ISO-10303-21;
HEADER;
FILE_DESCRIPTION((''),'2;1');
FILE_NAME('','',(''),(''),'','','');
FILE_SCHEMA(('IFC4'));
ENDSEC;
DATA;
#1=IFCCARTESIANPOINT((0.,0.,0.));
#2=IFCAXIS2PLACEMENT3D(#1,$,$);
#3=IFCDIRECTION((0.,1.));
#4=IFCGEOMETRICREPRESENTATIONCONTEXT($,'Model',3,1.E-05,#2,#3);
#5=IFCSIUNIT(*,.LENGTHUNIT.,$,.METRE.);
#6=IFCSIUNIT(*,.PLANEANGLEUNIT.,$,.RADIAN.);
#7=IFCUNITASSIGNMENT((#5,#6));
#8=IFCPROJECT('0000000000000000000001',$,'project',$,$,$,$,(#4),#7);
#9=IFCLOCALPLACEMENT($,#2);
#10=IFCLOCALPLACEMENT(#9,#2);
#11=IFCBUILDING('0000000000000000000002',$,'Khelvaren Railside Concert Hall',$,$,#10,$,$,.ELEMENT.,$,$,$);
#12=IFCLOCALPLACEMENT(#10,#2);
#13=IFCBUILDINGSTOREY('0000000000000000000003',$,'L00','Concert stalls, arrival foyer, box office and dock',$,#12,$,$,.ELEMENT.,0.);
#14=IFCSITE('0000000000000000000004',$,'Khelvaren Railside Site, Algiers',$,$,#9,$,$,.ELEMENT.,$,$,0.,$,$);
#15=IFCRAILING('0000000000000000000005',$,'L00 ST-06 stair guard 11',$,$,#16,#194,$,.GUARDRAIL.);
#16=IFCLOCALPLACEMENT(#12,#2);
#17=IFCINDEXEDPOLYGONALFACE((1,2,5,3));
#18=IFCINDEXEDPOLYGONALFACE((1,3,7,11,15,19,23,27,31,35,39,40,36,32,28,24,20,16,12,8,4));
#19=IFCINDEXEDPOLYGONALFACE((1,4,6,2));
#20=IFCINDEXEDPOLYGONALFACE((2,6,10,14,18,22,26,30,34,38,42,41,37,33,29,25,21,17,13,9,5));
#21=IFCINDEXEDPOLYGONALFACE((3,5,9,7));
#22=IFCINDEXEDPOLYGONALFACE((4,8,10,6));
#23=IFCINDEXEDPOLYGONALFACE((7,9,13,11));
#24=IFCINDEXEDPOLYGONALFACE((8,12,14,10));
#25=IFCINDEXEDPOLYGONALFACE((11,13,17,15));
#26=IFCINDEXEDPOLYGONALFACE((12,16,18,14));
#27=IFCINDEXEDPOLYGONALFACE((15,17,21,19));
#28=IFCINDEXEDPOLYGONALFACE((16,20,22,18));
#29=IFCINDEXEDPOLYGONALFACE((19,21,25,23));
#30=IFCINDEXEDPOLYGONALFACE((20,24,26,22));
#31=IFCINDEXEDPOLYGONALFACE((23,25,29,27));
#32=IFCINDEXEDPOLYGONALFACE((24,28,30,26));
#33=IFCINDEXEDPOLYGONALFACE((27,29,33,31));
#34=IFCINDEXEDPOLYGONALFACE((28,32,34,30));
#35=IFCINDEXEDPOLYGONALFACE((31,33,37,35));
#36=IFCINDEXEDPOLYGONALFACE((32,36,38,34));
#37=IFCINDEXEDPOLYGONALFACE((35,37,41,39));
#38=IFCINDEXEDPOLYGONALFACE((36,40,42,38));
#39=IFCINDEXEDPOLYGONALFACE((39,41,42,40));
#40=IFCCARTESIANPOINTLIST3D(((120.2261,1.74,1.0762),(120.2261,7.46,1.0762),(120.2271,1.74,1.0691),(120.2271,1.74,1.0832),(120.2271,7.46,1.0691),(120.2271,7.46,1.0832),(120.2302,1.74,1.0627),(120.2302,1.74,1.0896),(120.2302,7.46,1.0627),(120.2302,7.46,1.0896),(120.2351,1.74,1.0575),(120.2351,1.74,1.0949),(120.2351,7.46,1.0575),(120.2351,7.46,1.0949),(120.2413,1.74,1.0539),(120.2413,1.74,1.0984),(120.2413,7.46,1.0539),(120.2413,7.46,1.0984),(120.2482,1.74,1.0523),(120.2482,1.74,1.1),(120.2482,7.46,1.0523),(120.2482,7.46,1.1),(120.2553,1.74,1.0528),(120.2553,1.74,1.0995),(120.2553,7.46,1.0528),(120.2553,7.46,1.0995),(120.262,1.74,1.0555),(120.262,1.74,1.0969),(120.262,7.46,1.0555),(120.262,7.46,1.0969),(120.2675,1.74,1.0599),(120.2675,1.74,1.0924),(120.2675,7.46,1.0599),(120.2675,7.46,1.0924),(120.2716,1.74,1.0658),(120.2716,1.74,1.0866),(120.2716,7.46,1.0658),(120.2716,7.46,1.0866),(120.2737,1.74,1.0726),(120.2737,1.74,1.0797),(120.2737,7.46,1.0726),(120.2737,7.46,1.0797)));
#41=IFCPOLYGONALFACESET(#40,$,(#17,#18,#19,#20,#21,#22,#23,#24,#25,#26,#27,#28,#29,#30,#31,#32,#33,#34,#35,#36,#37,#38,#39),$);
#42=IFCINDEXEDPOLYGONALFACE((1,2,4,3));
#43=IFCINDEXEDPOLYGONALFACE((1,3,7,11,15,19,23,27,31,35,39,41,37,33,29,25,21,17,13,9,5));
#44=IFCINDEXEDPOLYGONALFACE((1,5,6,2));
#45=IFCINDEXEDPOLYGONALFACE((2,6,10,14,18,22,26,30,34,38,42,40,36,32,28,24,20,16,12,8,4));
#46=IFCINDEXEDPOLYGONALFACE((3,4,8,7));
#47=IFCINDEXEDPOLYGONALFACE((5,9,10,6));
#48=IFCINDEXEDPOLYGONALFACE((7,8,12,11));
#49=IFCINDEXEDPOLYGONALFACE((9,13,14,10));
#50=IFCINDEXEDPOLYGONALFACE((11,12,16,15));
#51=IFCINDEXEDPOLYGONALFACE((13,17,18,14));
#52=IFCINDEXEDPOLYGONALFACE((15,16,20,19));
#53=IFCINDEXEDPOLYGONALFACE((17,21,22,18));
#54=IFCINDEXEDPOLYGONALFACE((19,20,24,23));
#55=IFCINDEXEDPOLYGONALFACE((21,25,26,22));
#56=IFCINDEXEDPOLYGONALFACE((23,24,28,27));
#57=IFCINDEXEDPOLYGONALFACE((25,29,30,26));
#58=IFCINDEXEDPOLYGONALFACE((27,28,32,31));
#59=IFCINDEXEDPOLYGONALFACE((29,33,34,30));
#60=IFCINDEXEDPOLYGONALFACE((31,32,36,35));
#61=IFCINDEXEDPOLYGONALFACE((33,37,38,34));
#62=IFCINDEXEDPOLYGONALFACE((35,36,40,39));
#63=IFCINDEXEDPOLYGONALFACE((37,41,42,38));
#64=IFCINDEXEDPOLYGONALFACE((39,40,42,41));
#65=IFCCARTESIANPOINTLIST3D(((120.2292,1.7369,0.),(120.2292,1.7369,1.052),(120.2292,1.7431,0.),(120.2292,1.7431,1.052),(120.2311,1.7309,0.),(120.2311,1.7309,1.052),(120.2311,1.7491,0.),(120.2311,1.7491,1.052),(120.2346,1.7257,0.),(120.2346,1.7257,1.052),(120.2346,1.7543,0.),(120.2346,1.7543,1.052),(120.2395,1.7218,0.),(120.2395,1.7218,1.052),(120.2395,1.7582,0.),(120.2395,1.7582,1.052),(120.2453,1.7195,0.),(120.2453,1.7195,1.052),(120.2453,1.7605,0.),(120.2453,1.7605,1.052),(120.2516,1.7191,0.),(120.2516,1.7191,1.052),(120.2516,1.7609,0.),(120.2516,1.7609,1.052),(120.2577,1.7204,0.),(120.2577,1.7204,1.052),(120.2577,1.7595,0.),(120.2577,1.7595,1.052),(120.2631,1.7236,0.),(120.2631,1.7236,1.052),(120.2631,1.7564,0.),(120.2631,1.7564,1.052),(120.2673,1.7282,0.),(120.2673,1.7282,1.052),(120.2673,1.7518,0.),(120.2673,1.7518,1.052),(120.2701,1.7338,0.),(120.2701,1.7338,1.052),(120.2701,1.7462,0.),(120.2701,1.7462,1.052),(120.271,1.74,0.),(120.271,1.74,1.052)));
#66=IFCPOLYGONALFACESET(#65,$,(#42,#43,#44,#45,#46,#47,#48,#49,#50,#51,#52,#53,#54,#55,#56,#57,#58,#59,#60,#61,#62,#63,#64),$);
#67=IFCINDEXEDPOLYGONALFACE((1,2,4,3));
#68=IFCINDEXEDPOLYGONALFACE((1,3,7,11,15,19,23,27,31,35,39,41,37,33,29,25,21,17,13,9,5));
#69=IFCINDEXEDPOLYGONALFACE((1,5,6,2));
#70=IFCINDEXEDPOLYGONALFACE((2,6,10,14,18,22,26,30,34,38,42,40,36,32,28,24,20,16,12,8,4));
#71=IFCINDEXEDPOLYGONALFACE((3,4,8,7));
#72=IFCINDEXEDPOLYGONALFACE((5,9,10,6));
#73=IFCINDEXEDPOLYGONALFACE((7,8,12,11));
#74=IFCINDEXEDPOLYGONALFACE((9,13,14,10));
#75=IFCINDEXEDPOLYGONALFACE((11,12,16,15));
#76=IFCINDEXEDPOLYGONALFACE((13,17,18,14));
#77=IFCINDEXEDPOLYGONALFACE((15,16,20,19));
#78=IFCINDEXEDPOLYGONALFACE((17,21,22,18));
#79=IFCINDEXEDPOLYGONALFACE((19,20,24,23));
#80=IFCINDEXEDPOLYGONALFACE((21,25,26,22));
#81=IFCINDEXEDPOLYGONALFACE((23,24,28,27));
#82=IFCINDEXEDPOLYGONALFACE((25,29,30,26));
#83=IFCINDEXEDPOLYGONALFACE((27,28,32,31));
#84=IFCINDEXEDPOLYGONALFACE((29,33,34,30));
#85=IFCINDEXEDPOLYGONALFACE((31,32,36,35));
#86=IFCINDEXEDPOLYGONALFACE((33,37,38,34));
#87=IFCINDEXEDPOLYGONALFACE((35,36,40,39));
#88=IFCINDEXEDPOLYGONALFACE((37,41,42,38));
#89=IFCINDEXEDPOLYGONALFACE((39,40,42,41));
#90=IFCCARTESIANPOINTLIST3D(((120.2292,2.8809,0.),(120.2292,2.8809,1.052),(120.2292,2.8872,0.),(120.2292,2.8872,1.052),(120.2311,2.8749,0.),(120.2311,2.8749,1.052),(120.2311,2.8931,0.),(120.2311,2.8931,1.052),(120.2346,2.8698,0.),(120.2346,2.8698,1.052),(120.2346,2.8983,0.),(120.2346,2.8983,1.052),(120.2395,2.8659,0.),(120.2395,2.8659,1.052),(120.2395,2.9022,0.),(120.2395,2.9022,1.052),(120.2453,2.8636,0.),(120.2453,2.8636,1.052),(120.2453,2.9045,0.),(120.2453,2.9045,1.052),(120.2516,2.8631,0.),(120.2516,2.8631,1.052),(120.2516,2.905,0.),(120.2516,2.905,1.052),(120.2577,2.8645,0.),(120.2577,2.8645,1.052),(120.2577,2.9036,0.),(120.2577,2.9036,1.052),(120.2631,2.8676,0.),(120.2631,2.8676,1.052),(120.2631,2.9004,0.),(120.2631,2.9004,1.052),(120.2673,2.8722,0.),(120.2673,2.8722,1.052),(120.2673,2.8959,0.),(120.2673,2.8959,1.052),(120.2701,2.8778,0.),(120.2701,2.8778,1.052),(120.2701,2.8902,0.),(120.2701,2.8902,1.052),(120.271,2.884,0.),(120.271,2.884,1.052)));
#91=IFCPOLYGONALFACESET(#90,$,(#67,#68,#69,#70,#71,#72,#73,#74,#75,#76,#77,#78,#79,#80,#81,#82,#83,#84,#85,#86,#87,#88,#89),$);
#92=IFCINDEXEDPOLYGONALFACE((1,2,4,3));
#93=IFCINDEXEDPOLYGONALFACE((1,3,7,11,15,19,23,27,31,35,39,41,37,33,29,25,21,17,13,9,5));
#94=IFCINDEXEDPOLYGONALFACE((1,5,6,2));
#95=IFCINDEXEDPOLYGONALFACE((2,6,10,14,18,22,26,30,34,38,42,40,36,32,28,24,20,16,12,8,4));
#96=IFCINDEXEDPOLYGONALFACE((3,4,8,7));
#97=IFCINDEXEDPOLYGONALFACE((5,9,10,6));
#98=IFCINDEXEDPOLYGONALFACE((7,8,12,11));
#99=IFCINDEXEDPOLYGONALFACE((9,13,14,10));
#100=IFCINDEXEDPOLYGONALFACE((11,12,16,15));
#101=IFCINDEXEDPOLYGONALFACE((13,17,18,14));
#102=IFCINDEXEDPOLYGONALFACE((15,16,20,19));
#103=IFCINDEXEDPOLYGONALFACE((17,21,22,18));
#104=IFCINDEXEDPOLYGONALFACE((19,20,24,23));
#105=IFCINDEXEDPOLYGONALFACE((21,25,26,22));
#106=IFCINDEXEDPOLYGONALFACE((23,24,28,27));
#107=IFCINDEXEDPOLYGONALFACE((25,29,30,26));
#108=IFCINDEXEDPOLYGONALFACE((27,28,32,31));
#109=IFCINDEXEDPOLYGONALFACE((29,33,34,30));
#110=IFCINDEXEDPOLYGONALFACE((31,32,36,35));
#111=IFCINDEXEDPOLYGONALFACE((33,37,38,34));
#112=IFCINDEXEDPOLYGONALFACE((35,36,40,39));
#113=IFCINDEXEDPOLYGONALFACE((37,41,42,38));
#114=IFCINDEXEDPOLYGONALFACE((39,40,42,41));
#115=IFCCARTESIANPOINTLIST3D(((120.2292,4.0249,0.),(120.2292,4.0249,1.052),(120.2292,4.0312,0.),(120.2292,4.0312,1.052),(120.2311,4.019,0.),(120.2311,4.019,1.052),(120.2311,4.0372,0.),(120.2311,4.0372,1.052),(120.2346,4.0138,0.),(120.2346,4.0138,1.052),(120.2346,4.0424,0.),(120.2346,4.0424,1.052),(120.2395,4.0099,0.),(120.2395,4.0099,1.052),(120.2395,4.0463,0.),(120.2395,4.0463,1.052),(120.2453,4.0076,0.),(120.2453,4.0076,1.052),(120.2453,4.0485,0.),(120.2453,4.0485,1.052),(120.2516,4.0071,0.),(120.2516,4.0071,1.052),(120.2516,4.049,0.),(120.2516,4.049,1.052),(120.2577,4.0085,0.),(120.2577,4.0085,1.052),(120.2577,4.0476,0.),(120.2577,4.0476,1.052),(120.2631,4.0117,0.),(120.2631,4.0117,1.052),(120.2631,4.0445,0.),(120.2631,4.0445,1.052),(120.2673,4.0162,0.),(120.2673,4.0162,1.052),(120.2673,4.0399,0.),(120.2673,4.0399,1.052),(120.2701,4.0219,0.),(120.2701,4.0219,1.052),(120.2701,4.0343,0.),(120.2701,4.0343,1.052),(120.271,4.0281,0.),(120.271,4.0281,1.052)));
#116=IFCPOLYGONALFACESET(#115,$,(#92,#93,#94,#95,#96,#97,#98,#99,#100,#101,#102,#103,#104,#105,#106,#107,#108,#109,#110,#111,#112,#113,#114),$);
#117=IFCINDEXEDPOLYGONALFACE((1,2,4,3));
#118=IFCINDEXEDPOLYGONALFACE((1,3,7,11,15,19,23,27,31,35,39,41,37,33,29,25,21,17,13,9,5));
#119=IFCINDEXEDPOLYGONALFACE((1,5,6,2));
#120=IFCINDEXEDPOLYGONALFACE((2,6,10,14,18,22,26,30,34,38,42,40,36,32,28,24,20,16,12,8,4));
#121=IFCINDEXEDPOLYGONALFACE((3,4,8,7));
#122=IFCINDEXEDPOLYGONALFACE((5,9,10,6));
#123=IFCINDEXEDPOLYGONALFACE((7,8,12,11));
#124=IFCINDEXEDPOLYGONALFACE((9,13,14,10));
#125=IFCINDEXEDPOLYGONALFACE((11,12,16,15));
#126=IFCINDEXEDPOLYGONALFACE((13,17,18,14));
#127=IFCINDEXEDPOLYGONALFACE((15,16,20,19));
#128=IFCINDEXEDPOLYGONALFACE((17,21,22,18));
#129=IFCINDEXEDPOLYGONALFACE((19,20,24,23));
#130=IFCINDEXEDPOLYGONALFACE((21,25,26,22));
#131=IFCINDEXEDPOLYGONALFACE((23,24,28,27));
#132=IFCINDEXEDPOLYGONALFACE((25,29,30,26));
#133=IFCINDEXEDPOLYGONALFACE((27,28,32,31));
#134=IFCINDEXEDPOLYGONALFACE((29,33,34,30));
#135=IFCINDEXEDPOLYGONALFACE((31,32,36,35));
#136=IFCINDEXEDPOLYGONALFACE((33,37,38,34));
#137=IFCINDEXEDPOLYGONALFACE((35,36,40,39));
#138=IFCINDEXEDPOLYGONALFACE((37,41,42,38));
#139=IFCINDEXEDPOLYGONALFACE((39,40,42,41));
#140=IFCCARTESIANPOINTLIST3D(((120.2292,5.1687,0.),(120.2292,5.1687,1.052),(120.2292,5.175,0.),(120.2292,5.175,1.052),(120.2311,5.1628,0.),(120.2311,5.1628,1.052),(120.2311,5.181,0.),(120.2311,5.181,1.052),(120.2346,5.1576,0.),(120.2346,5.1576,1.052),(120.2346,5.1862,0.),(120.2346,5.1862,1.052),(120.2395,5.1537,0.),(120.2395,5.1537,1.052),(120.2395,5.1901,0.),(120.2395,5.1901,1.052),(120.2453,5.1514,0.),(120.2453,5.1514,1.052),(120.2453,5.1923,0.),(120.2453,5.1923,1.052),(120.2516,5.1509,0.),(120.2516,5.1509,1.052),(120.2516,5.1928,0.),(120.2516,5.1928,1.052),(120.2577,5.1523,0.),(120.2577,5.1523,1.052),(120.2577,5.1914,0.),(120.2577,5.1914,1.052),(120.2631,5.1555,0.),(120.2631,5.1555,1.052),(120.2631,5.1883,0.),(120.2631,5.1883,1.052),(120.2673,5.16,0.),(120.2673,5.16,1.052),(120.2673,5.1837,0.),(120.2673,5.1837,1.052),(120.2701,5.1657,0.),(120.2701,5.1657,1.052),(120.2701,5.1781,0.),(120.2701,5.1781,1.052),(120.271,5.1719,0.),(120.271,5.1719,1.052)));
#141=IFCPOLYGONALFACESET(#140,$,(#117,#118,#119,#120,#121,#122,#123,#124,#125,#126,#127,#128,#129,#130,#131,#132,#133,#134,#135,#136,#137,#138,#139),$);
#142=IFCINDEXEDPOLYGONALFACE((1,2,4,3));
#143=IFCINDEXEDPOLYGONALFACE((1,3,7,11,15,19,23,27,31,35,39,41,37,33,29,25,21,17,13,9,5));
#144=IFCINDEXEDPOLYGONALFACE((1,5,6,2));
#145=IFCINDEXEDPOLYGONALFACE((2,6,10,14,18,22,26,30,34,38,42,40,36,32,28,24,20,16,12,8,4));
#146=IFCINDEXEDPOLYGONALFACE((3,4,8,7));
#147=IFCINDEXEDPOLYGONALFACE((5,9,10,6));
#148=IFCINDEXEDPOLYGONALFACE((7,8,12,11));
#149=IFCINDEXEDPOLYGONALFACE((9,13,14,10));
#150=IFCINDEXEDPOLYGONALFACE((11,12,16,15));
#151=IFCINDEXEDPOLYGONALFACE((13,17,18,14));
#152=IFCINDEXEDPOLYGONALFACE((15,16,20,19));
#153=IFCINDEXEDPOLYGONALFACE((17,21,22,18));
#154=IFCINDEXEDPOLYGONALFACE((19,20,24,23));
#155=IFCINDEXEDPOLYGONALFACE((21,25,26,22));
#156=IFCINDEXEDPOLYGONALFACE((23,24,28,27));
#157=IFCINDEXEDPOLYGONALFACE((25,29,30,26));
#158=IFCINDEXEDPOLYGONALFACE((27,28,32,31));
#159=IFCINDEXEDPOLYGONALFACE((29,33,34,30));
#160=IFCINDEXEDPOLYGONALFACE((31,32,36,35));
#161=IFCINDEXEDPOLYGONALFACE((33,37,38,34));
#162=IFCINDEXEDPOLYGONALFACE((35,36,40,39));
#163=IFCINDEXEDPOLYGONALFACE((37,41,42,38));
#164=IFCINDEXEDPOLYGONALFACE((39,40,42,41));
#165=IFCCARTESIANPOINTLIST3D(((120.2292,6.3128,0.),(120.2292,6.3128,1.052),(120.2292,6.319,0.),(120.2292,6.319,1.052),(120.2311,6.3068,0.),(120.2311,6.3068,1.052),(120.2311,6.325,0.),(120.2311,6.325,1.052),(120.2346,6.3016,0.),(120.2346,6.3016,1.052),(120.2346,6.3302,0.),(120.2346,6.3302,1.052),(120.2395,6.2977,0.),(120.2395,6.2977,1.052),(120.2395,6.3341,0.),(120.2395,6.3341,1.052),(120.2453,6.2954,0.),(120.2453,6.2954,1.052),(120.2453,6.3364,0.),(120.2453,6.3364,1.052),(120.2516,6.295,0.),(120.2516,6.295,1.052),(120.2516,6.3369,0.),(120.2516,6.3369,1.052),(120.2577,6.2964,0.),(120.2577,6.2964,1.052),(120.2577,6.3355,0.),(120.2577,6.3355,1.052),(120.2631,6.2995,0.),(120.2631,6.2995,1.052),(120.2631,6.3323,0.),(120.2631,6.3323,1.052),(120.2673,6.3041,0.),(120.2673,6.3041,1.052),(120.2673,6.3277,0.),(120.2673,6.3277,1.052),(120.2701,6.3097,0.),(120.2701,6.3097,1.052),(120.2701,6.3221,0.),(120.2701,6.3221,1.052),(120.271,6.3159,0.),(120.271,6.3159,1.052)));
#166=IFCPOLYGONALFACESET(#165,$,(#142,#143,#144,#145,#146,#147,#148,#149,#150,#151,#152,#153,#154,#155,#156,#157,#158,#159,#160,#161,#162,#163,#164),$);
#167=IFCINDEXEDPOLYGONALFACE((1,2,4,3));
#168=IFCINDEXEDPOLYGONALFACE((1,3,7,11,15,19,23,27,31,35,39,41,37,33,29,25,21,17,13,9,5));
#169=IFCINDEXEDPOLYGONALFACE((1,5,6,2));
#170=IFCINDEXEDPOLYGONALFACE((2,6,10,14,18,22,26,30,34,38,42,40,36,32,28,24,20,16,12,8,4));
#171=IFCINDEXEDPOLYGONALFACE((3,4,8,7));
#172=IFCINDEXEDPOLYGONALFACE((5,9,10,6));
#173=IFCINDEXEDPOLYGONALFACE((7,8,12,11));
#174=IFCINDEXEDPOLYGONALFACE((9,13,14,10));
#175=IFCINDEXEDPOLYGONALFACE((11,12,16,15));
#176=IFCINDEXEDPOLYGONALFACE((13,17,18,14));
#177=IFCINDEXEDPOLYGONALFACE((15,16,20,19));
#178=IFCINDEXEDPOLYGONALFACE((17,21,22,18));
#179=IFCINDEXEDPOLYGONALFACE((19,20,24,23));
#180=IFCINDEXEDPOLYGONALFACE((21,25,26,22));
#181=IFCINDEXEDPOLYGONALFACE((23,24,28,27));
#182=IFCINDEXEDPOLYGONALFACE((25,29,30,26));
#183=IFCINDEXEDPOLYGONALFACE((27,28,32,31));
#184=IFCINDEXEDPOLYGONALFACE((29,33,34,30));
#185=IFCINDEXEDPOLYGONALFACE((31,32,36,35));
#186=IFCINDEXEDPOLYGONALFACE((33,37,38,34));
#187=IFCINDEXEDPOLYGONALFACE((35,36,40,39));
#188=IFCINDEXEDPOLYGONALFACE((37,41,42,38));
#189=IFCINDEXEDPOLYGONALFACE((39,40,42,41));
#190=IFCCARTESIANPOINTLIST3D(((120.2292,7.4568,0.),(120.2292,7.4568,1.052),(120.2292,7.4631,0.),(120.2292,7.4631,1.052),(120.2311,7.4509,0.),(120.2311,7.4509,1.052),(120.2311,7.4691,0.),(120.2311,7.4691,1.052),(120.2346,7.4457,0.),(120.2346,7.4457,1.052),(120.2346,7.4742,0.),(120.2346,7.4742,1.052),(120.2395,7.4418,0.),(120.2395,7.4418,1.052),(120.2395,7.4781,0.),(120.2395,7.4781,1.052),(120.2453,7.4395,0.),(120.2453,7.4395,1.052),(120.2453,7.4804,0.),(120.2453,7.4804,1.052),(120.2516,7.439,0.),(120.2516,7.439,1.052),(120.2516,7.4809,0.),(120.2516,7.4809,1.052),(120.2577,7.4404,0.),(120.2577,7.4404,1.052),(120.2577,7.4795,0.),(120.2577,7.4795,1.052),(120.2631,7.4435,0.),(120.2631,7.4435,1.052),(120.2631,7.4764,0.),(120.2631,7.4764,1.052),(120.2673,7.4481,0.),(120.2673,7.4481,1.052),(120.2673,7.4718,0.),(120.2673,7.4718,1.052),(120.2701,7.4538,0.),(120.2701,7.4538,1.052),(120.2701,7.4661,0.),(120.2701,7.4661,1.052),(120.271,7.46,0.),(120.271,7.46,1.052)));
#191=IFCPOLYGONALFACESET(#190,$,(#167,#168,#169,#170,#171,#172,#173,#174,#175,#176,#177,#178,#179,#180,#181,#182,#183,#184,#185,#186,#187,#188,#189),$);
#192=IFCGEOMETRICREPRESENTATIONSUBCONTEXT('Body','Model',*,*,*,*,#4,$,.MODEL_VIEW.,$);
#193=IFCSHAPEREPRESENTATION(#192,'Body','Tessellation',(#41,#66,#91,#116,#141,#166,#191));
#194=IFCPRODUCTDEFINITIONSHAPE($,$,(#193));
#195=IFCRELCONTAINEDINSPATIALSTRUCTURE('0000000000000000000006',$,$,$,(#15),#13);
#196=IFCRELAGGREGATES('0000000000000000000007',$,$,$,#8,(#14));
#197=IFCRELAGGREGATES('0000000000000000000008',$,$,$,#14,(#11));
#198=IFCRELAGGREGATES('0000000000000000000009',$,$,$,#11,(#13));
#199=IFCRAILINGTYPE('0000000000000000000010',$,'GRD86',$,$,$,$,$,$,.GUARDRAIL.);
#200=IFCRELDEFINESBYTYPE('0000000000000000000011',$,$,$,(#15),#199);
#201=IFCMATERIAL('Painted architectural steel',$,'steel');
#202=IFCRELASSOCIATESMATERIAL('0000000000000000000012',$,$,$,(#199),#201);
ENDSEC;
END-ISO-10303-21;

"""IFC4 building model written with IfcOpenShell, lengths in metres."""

from ifc_helpers import new_model, si_unit, direction, frame, origin, origin_2d, place, context, subcontext, project, spatial, circle, extrude, material, type_object, element, save


model = new_model("IFC4")

# Units and contexts
model_context = context("Model", 3, precision=1e-05, world=origin(), true_north=direction((0.0, 1.0)))
body_context = subcontext(model_context, "Body", "Model", "MODEL_VIEW")
ifc_project = project(units=[si_unit("LENGTHUNIT", "METRE"), si_unit("PLANEANGLEUNIT", "RADIAN")], contexts=[model_context])

# Site, building, storey
site_placement = place(None, origin())
site = spatial("IfcSite", under=ifc_project, at=site_placement, Name="Khelvaren Railside Site, Algiers", CompositionType="ELEMENT", RefElevation=0.0)
building_placement = place(site_placement, origin())
building = spatial("IfcBuilding", under=site, at=building_placement, Name="Khelvaren Railside Concert Hall", CompositionType="ELEMENT")
storey_placement = place(building_placement, origin())
storey = spatial("IfcBuildingStorey", under=building, at=storey_placement, Name="L00", Description="Concert stalls, arrival foyer, box office and dock", CompositionType="ELEMENT", Elevation=0.0)

# Railing
ifc_material_1 = material(Name="Painted architectural steel", Category="steel")
railing_type_1 = type_object("IfcRailingType", Name="GRD86", PredefinedType="GUARDRAIL", material=ifc_material_1)
for number, where, name in (
    (1, (120.25, 1.74, 0.0), "L00 ST-06 stair guard 11"),
):
    element("IfcRailing", number, at=place(storey_placement, frame(where)), inside=storey, type_object=railing_type_1, Name=name, PredefinedType="GUARDRAIL", context=body_context, shape_type="SweptSolid", body=[
        extrude(circle(Radius=0.0239, at=origin_2d()), frame((0.0, 0.0, 1.0762), z_axis=(0.0, 1.0, 0.0), x_axis=(-1.0, 0.0, 0.0)), (0.0, 0.0, 1.0), 5.72),
        extrude(circle(Radius=0.021, at=origin_2d()), origin(), (0.0, 0.0, 1.0), 1.052),
        extrude(circle(Radius=0.021, at=origin_2d()), frame((0.0, 1.144, 0.0)), (0.0, 0.0, 1.0), 1.052),
        extrude(circle(Radius=0.021, at=origin_2d()), frame((0.0, 2.2881, 0.0)), (0.0, 0.0, 1.0), 1.052),
        extrude(circle(Radius=0.021, at=origin_2d()), frame((0.0, 3.4319, 0.0)), (0.0, 0.0, 1.0), 1.052),
        extrude(circle(Radius=0.021, at=origin_2d()), frame((0.0, 4.5759, 0.0)), (0.0, 0.0, 1.0), 1.052),
        extrude(circle(Radius=0.021, at=origin_2d()), frame((0.0, 5.72, 0.0)), (0.0, 0.0, 1.0), 1.052),
    ])

save(model, "model.ifc")
